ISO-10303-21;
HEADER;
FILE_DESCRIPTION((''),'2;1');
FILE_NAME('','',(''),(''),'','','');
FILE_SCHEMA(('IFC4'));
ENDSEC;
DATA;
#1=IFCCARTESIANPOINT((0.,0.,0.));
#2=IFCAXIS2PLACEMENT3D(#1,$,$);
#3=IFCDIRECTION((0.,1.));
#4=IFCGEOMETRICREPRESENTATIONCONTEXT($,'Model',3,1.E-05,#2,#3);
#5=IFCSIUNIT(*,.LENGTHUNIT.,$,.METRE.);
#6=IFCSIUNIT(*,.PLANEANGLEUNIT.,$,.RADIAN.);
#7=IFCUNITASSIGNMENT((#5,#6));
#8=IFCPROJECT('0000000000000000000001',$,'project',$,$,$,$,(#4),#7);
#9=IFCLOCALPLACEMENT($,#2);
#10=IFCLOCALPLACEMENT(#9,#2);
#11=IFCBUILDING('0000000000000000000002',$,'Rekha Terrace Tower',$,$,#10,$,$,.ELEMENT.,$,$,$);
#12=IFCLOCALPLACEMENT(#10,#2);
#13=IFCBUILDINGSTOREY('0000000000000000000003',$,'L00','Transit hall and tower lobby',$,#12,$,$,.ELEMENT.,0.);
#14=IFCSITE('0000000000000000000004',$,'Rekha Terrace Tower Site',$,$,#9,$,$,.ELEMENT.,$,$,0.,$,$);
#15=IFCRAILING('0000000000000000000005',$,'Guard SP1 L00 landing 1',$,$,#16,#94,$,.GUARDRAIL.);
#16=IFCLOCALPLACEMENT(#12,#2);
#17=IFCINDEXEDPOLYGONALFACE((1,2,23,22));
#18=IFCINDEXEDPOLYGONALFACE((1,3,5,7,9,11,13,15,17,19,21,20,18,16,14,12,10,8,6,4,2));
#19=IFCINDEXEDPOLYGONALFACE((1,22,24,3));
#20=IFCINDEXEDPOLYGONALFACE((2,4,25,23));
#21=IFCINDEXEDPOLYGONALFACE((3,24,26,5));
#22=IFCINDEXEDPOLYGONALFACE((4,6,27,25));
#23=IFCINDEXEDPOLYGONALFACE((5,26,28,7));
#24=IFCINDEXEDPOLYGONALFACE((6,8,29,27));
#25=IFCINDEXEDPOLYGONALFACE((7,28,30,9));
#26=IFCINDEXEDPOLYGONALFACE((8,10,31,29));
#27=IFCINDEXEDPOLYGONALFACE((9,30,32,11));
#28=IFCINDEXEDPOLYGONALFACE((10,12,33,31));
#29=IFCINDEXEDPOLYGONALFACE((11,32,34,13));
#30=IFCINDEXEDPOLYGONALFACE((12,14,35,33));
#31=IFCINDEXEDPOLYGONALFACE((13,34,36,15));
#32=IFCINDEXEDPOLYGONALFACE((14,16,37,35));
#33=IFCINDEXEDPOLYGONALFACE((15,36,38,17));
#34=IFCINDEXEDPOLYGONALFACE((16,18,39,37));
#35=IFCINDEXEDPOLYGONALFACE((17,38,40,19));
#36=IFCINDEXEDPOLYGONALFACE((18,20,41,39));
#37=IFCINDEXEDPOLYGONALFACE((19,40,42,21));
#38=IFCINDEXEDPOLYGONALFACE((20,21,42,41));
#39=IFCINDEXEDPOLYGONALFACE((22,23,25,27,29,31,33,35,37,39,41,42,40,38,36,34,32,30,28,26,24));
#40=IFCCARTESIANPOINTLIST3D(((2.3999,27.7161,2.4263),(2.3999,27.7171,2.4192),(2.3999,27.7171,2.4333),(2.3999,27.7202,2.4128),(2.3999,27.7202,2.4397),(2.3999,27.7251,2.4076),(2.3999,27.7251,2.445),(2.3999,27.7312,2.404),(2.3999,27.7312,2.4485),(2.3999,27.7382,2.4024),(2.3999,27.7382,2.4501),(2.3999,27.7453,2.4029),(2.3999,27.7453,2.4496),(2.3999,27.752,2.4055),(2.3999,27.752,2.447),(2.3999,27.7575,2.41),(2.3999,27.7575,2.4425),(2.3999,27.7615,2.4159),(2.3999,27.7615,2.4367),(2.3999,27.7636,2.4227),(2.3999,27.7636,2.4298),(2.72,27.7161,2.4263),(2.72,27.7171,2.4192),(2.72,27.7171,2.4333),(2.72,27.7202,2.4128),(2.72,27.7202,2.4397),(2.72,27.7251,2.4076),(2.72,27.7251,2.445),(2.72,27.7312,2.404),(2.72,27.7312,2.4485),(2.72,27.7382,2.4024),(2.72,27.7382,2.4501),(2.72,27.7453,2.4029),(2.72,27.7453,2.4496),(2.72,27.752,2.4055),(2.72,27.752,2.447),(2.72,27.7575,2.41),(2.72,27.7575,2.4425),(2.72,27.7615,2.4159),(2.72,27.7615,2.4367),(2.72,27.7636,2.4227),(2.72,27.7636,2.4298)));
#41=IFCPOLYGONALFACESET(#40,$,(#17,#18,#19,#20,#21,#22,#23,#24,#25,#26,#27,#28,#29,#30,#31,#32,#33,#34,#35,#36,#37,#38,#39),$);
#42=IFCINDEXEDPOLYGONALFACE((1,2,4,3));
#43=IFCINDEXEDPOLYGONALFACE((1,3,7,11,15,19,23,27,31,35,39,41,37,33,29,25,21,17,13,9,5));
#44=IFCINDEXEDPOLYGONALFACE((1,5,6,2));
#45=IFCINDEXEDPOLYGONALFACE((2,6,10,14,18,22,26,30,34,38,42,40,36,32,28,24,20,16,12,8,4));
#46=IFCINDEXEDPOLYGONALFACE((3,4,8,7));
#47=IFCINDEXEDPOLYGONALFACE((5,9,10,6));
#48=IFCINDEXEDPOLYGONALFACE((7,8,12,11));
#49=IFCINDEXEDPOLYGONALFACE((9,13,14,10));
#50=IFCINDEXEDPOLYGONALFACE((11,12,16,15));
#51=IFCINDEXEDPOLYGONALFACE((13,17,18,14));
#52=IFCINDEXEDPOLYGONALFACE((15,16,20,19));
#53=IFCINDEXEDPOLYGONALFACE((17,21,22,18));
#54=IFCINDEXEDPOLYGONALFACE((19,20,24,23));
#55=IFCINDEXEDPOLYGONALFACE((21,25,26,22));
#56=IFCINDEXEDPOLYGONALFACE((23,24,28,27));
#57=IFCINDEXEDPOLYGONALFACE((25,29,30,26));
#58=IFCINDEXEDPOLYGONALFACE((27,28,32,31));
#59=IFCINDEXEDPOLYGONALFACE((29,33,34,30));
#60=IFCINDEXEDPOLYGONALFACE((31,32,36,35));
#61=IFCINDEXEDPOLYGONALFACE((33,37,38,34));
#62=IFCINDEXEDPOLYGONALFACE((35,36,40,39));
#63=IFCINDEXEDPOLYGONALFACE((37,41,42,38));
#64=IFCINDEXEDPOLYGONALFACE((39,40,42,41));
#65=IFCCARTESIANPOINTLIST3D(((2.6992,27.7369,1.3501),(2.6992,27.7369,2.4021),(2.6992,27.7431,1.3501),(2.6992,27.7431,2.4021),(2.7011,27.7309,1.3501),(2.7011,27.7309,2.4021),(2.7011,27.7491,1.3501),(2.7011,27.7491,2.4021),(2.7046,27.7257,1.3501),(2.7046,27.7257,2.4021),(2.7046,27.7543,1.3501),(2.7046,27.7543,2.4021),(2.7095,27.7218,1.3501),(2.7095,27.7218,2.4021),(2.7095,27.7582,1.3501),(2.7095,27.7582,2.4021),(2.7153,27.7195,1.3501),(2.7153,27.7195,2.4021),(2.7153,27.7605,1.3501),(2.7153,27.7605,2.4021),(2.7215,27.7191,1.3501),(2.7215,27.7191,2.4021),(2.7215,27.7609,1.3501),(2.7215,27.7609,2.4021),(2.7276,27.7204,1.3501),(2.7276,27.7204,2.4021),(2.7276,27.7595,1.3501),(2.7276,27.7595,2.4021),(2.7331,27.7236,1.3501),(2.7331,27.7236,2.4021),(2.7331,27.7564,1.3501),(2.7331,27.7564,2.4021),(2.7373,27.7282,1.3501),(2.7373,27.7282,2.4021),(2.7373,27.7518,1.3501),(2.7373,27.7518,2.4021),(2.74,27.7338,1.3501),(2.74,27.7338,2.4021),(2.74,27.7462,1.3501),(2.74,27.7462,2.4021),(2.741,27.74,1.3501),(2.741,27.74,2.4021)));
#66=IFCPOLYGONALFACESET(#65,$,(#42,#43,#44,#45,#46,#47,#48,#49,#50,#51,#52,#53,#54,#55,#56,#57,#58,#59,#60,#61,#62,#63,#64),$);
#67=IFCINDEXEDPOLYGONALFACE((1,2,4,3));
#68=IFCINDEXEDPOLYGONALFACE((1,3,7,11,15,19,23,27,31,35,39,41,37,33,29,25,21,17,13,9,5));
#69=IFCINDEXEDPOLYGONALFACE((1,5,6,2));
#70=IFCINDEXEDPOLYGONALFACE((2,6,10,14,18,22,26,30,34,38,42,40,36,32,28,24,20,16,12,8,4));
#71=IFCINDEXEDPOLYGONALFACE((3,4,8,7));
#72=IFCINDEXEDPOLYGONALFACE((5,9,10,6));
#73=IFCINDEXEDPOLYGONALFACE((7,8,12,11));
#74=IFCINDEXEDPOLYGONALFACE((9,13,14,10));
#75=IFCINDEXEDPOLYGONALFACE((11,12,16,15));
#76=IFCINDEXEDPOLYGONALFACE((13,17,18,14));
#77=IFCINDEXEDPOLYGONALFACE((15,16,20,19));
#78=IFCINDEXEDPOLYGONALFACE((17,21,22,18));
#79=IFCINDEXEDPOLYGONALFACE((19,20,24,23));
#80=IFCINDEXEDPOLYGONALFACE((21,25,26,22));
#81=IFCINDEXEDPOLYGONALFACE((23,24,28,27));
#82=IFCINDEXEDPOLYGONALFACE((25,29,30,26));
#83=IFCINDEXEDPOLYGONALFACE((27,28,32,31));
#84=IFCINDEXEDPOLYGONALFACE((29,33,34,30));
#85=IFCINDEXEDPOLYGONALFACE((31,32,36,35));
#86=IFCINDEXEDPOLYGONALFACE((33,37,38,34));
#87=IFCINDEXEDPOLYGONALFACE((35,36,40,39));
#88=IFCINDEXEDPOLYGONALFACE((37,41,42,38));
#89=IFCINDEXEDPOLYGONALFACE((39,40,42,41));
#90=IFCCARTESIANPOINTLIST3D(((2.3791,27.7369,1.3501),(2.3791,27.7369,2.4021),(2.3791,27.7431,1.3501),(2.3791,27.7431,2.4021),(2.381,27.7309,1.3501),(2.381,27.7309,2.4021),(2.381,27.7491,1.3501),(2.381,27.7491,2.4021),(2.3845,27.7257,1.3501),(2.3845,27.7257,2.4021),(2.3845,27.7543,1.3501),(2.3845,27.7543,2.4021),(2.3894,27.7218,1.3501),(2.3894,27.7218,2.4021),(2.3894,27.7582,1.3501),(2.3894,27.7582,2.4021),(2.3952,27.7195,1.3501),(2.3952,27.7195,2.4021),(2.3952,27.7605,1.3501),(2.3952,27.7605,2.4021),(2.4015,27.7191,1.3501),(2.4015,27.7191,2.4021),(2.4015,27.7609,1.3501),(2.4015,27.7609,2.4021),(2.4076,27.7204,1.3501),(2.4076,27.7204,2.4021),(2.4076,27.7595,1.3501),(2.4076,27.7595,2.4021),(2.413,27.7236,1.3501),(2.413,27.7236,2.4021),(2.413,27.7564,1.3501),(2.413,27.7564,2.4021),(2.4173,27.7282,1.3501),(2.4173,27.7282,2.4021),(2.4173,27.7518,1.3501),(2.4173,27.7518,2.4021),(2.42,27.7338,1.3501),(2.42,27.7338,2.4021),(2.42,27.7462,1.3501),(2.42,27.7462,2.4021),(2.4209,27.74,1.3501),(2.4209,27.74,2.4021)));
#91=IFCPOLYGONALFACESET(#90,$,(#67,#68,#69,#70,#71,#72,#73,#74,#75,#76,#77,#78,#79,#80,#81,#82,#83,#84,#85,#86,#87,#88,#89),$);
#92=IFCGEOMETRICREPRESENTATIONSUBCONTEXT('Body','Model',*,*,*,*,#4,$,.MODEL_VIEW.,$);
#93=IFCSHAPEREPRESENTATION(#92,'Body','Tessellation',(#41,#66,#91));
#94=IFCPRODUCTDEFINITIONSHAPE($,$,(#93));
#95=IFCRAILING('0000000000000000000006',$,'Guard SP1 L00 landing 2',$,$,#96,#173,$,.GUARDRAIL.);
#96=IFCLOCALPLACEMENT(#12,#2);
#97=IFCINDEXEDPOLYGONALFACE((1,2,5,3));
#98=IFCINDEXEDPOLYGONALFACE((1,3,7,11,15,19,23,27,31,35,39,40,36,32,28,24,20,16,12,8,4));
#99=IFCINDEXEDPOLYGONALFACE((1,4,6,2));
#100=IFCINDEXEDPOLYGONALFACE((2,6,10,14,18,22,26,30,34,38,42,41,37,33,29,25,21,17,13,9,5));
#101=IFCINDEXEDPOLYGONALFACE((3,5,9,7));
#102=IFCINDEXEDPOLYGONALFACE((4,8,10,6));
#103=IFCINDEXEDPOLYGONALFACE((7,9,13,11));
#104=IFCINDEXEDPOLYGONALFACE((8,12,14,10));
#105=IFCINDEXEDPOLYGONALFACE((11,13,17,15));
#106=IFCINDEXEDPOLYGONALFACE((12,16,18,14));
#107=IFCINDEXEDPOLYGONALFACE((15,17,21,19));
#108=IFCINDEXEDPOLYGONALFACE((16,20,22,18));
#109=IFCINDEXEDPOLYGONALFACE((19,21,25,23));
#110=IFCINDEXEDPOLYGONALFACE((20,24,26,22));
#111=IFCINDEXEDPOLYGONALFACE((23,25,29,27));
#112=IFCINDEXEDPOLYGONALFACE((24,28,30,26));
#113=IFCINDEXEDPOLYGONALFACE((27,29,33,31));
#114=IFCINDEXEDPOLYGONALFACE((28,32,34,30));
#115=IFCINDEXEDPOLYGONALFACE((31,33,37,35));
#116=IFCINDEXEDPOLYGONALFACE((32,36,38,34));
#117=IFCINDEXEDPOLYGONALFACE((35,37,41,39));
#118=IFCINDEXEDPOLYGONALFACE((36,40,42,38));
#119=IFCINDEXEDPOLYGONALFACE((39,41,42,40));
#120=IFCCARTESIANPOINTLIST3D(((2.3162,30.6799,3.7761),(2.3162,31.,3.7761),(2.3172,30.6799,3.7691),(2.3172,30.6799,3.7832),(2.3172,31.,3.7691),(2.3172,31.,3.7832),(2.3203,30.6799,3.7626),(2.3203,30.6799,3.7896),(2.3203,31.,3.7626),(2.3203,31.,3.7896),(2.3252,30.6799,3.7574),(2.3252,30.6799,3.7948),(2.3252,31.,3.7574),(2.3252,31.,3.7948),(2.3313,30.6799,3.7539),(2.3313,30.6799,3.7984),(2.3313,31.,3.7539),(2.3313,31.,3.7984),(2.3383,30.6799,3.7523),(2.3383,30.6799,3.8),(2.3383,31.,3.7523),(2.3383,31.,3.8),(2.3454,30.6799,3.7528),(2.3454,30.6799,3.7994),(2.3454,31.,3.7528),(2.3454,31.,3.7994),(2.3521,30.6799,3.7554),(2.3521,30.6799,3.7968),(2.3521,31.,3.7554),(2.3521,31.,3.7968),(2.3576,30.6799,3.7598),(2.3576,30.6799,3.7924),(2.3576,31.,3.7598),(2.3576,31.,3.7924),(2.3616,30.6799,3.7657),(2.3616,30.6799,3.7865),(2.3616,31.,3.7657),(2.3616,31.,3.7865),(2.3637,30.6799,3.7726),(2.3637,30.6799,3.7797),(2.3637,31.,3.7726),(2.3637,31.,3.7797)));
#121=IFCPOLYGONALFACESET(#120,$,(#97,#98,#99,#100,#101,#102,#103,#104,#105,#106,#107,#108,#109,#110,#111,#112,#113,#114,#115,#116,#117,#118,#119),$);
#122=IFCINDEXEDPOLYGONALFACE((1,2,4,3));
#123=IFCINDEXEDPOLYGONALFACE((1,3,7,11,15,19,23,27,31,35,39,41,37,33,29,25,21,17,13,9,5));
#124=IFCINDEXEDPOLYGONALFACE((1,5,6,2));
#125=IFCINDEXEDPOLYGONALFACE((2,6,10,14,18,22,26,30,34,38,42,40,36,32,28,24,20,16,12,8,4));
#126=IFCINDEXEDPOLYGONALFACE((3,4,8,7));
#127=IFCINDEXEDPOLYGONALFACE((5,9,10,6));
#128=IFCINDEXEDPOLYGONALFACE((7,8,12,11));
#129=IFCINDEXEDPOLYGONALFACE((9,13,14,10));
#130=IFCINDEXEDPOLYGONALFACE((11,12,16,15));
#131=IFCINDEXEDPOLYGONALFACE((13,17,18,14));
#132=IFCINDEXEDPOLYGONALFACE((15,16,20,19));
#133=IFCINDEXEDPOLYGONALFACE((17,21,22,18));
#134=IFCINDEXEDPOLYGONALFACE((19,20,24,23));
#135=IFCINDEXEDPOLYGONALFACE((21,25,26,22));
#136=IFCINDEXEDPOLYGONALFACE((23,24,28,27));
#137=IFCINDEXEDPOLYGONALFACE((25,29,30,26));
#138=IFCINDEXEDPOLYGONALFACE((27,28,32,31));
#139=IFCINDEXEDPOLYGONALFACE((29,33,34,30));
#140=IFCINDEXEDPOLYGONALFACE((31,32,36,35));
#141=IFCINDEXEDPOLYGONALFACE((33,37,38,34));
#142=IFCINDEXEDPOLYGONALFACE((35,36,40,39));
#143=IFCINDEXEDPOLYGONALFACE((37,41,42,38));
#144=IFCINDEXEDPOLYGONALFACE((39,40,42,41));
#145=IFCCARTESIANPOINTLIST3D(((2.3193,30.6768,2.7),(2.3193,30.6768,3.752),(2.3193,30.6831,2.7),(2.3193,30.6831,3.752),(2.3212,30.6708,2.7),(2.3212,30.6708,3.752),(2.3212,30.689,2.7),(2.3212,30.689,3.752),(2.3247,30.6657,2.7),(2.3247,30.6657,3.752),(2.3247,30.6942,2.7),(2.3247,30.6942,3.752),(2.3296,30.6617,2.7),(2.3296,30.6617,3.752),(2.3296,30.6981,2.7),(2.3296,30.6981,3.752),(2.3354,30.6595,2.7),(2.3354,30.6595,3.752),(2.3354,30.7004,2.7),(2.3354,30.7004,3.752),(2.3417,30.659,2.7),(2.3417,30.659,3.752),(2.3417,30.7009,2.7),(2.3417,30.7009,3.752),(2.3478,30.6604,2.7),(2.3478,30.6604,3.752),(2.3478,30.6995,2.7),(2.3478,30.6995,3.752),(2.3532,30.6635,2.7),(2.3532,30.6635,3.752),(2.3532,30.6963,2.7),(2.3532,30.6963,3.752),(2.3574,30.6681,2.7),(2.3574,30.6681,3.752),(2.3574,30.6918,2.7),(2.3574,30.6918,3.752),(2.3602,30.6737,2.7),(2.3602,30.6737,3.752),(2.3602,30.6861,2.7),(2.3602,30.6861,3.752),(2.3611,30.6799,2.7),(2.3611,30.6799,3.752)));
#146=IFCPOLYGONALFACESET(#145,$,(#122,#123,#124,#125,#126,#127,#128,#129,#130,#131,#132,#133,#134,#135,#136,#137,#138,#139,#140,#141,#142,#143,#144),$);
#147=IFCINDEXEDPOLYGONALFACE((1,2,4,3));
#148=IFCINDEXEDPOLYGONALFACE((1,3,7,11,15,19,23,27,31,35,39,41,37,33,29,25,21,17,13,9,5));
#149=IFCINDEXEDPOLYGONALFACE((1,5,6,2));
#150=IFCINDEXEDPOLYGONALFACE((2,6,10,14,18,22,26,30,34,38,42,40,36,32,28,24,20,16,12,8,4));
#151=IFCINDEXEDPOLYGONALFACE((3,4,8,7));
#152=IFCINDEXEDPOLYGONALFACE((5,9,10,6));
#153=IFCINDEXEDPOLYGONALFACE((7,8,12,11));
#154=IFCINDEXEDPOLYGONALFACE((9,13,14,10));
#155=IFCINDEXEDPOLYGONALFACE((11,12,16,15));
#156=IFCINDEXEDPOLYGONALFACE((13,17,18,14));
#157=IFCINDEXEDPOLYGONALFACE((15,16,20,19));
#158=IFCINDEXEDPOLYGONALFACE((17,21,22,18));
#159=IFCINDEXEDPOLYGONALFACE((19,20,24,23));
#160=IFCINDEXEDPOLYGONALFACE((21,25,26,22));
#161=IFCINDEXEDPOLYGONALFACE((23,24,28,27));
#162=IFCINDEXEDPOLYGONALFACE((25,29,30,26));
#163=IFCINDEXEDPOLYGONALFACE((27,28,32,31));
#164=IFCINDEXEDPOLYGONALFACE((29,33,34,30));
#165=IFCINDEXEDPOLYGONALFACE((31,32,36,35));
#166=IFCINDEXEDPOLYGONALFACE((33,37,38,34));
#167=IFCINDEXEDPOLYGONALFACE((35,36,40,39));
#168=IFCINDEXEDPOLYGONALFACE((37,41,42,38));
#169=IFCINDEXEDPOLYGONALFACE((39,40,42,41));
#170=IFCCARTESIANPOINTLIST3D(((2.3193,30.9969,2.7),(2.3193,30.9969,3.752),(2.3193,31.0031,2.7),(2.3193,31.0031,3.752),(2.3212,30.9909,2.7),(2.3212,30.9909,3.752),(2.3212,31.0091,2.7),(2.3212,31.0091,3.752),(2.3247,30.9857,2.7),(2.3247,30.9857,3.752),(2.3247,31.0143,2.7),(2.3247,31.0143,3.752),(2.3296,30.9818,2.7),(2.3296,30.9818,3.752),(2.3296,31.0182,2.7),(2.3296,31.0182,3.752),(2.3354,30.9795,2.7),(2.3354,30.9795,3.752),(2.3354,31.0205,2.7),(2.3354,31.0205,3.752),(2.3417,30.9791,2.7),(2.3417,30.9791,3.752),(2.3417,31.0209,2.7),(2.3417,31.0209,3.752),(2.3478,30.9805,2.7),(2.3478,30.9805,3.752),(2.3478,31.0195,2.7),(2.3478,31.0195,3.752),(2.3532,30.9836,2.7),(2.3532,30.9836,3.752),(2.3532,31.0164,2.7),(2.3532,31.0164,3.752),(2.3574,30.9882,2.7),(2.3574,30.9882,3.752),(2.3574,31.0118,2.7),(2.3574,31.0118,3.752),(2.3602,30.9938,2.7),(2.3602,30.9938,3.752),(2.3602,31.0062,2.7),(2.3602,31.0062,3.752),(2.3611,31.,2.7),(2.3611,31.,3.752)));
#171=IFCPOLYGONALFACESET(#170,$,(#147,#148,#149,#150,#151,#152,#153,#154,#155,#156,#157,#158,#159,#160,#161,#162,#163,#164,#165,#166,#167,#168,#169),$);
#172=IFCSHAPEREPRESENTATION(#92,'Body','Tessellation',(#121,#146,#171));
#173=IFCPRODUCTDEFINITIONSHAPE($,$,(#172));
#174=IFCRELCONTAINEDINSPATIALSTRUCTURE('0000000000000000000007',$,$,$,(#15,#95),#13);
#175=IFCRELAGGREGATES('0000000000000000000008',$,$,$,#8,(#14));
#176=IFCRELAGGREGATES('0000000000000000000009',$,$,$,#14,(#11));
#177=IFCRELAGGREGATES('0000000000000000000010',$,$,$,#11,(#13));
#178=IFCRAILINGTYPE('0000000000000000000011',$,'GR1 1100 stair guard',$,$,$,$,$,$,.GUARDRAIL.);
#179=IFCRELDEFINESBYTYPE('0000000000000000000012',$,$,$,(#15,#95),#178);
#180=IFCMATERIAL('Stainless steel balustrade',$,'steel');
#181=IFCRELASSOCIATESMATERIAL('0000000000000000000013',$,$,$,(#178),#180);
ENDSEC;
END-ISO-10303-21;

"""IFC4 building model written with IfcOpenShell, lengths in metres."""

from ifc_helpers import new_model, si_unit, direction, frame, origin, origin_2d, place, context, subcontext, project, spatial, circle, extrude, material, type_object, element, save


model = new_model("IFC4")

# Units and contexts
model_context = context("Model", 3, precision=1e-05, world=origin(), true_north=direction((0.0, 1.0)))
body_context = subcontext(model_context, "Body", "Model", "MODEL_VIEW")
ifc_project = project(units=[si_unit("LENGTHUNIT", "METRE"), si_unit("PLANEANGLEUNIT", "RADIAN")], contexts=[model_context])

# Site, building, storey
site_placement = place(None, origin())
site = spatial("IfcSite", under=ifc_project, at=site_placement, Name="Rekha Terrace Tower Site", CompositionType="ELEMENT", RefElevation=0.0)
building_placement = place(site_placement, origin())
building = spatial("IfcBuilding", under=site, at=building_placement, Name="Rekha Terrace Tower", CompositionType="ELEMENT")
storey_placement = place(building_placement, origin())
storey = spatial("IfcBuildingStorey", under=building, at=storey_placement, Name="L00", Description="Transit hall and tower lobby", CompositionType="ELEMENT", Elevation=0.0)

# Railings
ifc_material_1 = material(Name="Stainless steel balustrade", Category="steel")
railing_type_1 = type_object("IfcRailingType", Name="GR1 1100 stair guard", PredefinedType="GUARDRAIL", material=ifc_material_1)
railing_1_placement = place(storey_placement, frame((2.72, 27.74, 1.3501)))
element("IfcRailing", 1, at=railing_1_placement, inside=storey, type_object=railing_type_1, Name="Guard SP1 L00 landing 1", PredefinedType="GUARDRAIL", context=body_context, shape_type="SweptSolid", body=[
    extrude(circle(Radius=0.0239, at=origin_2d()), frame((0.0, 0.0, 1.0762), z_axis=(-1.0, 0.0, 0.0), x_axis=(0.0, -1.0, 0.0)), (0.0, 0.0, 1.0), 0.3201),
    extrude(circle(Radius=0.021, at=origin_2d()), origin(), (0.0, 0.0, 1.0), 1.052),
    extrude(circle(Radius=0.021, at=origin_2d()), frame((-0.3201, 0.0, 0.0)), (0.0, 0.0, 1.0), 1.052),
])
railing_2_placement = place(storey_placement, frame((2.3401, 30.6799, 2.7)))
element("IfcRailing", 2, at=railing_2_placement, inside=storey, type_object=railing_type_1, Name="Guard SP1 L00 landing 2", PredefinedType="GUARDRAIL", context=body_context, shape_type="SweptSolid", body=[
    extrude(circle(Radius=0.0239, at=origin_2d()), frame((0.0, 0.0, 1.0762), z_axis=(0.0, 1.0, 0.0), x_axis=(-1.0, 0.0, 0.0)), (0.0, 0.0, 1.0), 0.3201),
    extrude(circle(Radius=0.021, at=origin_2d()), origin(), (0.0, 0.0, 1.0), 1.052),
    extrude(circle(Radius=0.021, at=origin_2d()), frame((0.0, 0.3201, 0.0)), (0.0, 0.0, 1.0), 1.052),
])

save(model, "model.ifc")
